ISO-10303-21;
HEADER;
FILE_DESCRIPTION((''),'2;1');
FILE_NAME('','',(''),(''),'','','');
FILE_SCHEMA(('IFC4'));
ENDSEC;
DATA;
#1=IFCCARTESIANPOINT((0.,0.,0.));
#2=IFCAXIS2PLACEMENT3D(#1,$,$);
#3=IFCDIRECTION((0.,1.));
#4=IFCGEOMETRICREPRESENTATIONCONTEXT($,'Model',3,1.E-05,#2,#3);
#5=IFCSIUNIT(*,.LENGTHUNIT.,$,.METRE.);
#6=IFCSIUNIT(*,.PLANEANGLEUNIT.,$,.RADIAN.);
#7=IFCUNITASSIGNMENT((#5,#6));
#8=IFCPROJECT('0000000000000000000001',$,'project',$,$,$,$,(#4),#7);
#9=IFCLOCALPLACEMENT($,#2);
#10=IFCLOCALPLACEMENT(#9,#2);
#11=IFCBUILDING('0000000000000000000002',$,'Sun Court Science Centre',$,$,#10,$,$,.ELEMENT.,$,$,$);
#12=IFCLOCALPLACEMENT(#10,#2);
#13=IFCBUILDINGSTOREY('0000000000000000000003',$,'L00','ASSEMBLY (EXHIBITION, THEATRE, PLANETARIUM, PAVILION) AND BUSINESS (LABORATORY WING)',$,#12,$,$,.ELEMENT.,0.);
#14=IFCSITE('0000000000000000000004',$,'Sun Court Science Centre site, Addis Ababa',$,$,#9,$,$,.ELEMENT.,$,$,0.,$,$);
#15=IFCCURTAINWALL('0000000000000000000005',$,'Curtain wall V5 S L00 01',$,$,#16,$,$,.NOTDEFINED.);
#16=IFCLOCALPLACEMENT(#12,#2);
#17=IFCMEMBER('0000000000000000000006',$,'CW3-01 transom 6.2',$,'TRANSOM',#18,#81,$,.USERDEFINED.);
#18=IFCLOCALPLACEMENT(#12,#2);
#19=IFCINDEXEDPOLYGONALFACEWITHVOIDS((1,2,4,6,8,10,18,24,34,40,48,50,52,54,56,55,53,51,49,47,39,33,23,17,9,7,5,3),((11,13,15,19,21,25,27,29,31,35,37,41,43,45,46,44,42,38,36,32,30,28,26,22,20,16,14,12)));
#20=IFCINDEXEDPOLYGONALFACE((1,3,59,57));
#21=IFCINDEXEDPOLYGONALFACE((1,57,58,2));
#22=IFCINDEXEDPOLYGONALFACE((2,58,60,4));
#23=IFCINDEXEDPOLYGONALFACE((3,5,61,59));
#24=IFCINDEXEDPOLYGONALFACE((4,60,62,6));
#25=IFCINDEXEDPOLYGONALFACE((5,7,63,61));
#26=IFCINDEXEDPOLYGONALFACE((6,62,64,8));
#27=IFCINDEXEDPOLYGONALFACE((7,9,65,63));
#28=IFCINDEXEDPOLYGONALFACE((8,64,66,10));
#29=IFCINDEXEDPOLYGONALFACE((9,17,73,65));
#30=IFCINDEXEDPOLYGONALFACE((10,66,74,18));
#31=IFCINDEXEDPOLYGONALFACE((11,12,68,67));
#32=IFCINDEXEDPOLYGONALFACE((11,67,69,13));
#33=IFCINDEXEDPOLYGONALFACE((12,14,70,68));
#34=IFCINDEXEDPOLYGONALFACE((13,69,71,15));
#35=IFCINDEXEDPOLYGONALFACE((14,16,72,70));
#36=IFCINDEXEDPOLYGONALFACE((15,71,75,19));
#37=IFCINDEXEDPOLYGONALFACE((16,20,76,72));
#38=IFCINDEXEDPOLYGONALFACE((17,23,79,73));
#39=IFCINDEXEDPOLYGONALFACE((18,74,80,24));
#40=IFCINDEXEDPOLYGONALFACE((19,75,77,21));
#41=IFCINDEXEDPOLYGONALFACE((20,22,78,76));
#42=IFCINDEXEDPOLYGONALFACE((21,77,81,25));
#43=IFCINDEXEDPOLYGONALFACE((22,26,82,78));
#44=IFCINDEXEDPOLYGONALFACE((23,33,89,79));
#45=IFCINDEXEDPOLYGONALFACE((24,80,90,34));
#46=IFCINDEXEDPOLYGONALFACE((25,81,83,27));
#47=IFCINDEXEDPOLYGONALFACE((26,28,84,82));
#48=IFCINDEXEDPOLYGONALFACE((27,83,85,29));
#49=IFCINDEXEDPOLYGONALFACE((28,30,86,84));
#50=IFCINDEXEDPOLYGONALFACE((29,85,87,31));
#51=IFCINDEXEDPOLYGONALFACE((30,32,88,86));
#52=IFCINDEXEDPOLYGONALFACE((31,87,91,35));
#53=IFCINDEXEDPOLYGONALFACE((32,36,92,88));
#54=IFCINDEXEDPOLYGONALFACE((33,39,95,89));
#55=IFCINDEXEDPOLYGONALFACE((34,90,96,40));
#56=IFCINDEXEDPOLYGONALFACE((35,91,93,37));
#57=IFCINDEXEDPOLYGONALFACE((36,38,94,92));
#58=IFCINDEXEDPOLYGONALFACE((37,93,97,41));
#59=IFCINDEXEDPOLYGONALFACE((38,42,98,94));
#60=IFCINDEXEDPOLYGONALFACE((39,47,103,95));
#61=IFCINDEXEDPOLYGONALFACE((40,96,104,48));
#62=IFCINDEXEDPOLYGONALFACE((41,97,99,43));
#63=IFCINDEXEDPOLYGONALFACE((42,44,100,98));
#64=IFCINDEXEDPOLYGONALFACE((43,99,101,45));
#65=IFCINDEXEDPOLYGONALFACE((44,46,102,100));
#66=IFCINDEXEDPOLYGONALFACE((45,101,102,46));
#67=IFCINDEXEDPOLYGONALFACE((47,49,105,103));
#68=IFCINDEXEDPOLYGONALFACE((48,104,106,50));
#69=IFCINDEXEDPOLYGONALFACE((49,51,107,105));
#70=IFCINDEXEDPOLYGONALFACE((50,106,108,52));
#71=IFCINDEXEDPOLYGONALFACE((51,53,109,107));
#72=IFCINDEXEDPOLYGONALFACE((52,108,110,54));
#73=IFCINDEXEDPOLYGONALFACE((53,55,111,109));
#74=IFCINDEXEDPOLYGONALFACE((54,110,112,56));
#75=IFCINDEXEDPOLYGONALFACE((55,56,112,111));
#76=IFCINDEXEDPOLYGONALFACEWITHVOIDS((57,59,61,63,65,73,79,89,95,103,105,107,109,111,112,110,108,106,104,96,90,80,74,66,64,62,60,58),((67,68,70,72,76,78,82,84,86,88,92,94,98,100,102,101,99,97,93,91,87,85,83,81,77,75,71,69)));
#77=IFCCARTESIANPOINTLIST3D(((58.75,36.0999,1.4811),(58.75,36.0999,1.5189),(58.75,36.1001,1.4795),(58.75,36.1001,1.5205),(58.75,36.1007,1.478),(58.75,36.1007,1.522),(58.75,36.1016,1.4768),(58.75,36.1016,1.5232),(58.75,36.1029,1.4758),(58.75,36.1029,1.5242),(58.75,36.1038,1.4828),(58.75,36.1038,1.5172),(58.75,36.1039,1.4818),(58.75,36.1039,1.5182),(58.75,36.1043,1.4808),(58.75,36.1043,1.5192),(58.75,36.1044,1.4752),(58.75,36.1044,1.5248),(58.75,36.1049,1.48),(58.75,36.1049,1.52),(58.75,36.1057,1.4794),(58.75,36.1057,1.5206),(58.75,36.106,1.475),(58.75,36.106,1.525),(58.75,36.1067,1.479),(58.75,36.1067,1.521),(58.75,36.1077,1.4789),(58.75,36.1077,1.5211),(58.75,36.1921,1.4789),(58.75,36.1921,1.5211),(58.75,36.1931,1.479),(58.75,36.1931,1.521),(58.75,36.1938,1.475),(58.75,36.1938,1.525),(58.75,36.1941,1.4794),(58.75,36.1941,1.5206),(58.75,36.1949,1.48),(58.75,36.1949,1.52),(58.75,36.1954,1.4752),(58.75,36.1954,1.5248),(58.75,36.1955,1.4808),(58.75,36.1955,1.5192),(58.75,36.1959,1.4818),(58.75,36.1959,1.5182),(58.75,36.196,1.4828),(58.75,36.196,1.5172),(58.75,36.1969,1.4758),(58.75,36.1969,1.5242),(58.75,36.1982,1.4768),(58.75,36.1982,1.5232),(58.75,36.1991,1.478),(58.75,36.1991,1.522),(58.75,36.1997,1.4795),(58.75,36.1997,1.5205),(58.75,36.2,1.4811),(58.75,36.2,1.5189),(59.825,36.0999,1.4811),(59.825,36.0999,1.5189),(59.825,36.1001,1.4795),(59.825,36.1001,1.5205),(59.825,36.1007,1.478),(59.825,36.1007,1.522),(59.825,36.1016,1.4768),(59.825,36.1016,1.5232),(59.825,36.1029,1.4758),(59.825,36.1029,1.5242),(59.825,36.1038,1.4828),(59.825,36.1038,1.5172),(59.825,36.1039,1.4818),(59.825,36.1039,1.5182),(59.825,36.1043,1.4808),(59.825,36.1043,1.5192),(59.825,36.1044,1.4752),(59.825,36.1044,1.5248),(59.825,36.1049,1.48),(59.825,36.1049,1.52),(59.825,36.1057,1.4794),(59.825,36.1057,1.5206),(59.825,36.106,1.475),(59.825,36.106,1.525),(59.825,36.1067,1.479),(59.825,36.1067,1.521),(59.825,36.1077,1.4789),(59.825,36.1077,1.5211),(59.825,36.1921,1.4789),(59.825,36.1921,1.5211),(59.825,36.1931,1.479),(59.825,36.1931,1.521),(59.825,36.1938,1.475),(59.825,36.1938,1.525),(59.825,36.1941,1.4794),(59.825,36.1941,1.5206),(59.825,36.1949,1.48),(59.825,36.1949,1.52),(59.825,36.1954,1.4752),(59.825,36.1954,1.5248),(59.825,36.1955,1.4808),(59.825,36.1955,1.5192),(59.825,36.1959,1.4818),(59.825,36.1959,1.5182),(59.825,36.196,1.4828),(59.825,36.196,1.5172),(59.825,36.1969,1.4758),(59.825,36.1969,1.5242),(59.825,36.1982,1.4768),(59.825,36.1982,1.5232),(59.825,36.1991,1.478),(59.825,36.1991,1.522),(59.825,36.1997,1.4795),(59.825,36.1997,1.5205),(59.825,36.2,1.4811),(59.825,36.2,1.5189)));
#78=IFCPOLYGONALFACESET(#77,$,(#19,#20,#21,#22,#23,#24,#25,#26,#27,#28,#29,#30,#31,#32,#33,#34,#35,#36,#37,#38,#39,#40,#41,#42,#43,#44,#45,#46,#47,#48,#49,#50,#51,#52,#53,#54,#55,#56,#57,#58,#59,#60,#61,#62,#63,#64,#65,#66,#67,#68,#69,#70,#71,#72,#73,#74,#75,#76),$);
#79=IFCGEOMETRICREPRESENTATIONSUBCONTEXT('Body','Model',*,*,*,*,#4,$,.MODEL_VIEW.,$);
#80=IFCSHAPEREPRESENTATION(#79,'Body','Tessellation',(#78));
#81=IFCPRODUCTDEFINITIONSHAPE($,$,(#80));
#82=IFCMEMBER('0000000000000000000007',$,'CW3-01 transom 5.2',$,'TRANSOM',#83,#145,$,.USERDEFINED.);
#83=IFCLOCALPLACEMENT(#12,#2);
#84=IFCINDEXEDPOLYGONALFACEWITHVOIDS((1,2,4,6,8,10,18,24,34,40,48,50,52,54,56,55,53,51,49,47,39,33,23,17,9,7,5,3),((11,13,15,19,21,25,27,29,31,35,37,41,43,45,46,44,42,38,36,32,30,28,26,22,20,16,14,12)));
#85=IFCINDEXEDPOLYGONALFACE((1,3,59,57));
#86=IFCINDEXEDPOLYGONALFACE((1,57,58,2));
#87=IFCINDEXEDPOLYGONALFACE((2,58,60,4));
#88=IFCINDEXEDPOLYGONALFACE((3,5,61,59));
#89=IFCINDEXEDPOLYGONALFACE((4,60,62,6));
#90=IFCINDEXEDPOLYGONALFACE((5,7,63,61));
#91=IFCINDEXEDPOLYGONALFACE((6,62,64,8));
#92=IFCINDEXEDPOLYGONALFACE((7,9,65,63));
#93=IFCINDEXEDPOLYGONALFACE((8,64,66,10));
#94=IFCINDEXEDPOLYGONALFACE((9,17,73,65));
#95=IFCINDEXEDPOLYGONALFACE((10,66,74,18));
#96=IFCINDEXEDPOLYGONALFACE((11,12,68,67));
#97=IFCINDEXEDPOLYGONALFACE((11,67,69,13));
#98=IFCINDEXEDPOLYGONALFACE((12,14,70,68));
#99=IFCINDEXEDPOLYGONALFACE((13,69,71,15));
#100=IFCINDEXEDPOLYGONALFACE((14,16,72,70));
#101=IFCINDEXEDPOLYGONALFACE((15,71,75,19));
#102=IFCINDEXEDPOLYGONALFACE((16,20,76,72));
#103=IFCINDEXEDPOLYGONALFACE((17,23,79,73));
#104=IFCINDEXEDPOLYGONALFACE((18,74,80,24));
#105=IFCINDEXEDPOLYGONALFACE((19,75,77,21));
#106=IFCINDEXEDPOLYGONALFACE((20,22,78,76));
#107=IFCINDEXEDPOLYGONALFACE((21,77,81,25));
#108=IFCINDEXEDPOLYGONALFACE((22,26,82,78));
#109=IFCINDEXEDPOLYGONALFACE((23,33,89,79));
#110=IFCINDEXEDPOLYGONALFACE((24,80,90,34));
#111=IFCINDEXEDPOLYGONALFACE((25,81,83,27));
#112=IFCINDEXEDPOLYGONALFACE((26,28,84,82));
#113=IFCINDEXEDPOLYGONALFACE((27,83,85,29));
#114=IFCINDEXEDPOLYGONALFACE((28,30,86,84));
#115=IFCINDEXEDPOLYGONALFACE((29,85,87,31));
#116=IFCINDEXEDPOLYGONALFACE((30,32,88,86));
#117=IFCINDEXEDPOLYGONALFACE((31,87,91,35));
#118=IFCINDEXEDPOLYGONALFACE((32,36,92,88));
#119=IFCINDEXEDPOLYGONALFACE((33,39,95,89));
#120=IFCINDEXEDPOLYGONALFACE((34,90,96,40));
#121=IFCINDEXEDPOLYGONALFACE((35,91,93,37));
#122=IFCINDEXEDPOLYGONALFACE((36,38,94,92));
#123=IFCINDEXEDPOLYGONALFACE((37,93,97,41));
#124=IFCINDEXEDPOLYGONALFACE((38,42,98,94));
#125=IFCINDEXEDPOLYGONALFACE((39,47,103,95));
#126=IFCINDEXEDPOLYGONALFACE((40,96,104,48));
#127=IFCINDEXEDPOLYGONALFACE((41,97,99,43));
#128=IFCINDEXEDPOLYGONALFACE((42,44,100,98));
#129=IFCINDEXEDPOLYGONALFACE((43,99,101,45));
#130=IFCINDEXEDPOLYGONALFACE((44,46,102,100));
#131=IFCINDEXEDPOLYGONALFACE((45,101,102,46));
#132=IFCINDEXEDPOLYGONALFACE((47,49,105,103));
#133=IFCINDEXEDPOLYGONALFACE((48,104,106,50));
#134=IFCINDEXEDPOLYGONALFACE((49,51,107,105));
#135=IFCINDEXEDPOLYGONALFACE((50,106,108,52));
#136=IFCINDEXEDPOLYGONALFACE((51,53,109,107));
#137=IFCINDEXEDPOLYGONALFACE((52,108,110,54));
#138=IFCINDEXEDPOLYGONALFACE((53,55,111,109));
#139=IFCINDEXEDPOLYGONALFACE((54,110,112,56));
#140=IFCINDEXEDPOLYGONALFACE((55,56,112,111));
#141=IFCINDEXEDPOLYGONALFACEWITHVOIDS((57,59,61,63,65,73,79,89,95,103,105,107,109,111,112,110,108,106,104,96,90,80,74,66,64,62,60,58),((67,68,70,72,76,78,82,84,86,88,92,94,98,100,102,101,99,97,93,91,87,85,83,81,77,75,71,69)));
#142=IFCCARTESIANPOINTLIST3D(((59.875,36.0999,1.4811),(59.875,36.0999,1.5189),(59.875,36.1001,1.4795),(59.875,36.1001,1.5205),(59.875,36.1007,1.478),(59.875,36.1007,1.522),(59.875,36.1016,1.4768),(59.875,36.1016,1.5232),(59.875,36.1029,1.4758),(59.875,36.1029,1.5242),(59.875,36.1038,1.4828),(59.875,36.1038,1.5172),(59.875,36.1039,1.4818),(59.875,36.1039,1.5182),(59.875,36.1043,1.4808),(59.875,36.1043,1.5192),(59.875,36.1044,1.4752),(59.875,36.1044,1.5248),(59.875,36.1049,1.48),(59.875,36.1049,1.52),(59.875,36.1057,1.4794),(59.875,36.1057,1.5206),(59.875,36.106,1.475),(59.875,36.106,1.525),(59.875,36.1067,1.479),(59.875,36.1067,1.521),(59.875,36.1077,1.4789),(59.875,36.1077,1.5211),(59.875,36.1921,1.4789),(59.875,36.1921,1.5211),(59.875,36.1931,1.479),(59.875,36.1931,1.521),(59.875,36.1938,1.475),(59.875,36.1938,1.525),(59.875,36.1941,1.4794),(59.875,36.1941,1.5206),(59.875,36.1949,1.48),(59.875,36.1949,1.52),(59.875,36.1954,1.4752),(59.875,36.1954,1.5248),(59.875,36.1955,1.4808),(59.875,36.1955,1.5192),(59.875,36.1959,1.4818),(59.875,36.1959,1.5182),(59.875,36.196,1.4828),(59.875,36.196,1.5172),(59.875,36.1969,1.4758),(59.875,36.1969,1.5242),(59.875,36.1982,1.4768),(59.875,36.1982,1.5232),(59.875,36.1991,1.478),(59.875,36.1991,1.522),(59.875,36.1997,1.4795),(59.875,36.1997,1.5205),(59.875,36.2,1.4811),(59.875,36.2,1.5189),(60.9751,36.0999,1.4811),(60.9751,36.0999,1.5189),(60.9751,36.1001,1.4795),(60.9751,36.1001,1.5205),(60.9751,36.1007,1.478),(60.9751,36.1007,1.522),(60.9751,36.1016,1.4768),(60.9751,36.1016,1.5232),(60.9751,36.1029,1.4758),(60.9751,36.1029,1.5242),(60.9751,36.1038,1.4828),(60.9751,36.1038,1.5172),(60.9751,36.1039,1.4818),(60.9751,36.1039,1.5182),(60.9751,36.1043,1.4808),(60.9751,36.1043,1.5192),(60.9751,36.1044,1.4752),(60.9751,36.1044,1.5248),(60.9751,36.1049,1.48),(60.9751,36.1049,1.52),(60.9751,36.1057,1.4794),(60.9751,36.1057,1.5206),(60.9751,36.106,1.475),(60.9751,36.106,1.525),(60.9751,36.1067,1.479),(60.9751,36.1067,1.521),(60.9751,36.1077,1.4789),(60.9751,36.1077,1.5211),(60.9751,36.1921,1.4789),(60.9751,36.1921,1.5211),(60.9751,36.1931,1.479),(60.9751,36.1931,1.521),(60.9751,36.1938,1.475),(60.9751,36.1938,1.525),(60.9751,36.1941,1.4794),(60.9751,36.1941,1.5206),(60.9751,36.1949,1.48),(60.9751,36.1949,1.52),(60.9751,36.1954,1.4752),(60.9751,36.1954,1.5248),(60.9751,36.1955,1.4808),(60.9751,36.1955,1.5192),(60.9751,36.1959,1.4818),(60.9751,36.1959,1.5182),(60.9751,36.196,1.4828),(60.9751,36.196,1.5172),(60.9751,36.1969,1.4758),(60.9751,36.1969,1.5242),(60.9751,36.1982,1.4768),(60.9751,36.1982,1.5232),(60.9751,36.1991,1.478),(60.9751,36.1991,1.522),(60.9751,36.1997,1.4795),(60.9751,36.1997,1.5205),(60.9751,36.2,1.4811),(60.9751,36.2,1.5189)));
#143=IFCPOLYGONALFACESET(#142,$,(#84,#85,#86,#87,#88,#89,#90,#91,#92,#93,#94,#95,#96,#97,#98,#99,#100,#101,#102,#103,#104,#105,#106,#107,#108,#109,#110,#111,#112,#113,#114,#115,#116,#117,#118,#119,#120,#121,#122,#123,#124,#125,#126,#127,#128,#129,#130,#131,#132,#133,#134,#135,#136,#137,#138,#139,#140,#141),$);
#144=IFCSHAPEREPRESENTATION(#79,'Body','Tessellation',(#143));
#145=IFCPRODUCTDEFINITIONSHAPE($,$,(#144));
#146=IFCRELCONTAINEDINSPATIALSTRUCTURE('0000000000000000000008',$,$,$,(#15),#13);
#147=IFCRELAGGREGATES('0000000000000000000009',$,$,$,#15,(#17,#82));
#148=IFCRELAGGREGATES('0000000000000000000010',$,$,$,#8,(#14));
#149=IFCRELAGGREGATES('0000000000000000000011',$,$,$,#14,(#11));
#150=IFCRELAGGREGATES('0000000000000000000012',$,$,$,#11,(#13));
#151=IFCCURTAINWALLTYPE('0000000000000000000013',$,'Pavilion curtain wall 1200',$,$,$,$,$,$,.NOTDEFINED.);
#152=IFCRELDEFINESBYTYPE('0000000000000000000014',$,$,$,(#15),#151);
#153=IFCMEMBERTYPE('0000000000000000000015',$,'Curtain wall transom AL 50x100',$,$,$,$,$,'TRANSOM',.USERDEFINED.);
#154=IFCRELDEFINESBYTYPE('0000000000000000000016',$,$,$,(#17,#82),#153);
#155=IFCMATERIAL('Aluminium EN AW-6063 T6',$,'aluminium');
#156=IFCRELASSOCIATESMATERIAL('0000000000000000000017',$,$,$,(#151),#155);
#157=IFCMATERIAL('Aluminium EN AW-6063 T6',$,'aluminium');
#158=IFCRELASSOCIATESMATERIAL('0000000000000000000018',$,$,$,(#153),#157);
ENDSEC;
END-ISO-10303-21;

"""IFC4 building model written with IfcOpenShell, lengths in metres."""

from ifc_helpers import new_model, si_unit, direction, frame, origin, origin_2d, place, context, subcontext, project, spatial, hollow_rectangle, extrude, material, material_profile, profile_set, type_object, element, aggregate, save


model = new_model("IFC4")

# Units and contexts
model_context = context("Model", 3, precision=1e-05, world=origin(), true_north=direction((0.0, 1.0)))
body_context = subcontext(model_context, "Body", "Model", "MODEL_VIEW")
ifc_project = project(units=[si_unit("LENGTHUNIT", "METRE"), si_unit("PLANEANGLEUNIT", "RADIAN")], contexts=[model_context])

# Site, building, storey
site_placement = place(None, origin())
site = spatial("IfcSite", under=ifc_project, at=site_placement, Name="Sun Court Science Centre site, Addis Ababa", CompositionType="ELEMENT", RefElevation=0.0)
building_placement = place(site_placement, origin())
building = spatial("IfcBuilding", under=site, at=building_placement, Name="Sun Court Science Centre", CompositionType="ELEMENT")
storey_placement = place(building_placement, origin())
storey = spatial("IfcBuildingStorey", under=building, at=storey_placement, Name="L00", Description="ASSEMBLY (EXHIBITION, THEATRE, PLANETARIUM, PAVILION) AND BUSINESS (LABORATORY WING)", CompositionType="ELEMENT", Elevation=0.0)

# Curtain wall, members
ifc_material_1 = material(Name="Aluminium EN AW-6063 T6", Category="aluminium")
curtain_wall_type = type_object("IfcCurtainWallType", Name="Pavilion curtain wall 1200", PredefinedType="NOTDEFINED", material=ifc_material_1)
curtain_wall_placement = place(storey_placement, origin())
curtain_wall = element("IfcCurtainWall", 1, at=curtain_wall_placement, inside=storey, type_object=curtain_wall_type, Name="Curtain wall V5 S L00 01", PredefinedType="NOTDEFINED")
ifc_material_2 = material(Name="Aluminium EN AW-6063 T6", Category="aluminium")
ifc_material_profile_1 = material_profile(ifc_material_2, hollow_rectangle(XDim=0.05, YDim=0.1001, WallThickness=0.0039, InnerFilletRadius=0.0039, OuterFilletRadius=0.0061, at=origin_2d()), Name="AL 50x100x4")
ifc_profile_set_1 = profile_set([ifc_material_profile_1], Name="Aluminium EN AW-6063 T6")
member_type_1 = type_object("IfcMemberType", Name="Curtain wall transom AL 50x100", ElementType="TRANSOM", PredefinedType="USERDEFINED", material=ifc_profile_set_1)
member_1_placement = place(storey_placement, frame((59.825, 36.1499, 1.5), z_axis=(-1.0, 0.0, 0.0), x_axis=(0.0, 0.0, 1.0)))
member_1 = element("IfcMember", 2, at=member_1_placement, type_object=member_type_1, Name="CW3-01 transom 6.2", ObjectType="TRANSOM", PredefinedType="USERDEFINED", context=body_context, shape_type="SweptSolid", body=[
    extrude(hollow_rectangle(XDim=0.05, YDim=0.1001, WallThickness=0.0039, InnerFilletRadius=0.0039, OuterFilletRadius=0.0061, at=origin_2d()), origin(), (0.0, 0.0, 1.0), 1.075),
])
member_2_placement = place(storey_placement, frame((60.9751, 36.1499, 1.5), z_axis=(-1.0, 0.0, 0.0), x_axis=(0.0, 0.0, 1.0)))
member_2 = element("IfcMember", 3, at=member_2_placement, type_object=member_type_1, Name="CW3-01 transom 5.2", ObjectType="TRANSOM", PredefinedType="USERDEFINED", context=body_context, shape_type="SweptSolid", body=[
    extrude(hollow_rectangle(XDim=0.05, YDim=0.1001, WallThickness=0.0039, InnerFilletRadius=0.0039, OuterFilletRadius=0.0061, at=origin_2d()), origin(), (0.0, 0.0, 1.0), 1.1001),
])
aggregate(curtain_wall, [member_1, member_2])

save(model, "model.ifc")
